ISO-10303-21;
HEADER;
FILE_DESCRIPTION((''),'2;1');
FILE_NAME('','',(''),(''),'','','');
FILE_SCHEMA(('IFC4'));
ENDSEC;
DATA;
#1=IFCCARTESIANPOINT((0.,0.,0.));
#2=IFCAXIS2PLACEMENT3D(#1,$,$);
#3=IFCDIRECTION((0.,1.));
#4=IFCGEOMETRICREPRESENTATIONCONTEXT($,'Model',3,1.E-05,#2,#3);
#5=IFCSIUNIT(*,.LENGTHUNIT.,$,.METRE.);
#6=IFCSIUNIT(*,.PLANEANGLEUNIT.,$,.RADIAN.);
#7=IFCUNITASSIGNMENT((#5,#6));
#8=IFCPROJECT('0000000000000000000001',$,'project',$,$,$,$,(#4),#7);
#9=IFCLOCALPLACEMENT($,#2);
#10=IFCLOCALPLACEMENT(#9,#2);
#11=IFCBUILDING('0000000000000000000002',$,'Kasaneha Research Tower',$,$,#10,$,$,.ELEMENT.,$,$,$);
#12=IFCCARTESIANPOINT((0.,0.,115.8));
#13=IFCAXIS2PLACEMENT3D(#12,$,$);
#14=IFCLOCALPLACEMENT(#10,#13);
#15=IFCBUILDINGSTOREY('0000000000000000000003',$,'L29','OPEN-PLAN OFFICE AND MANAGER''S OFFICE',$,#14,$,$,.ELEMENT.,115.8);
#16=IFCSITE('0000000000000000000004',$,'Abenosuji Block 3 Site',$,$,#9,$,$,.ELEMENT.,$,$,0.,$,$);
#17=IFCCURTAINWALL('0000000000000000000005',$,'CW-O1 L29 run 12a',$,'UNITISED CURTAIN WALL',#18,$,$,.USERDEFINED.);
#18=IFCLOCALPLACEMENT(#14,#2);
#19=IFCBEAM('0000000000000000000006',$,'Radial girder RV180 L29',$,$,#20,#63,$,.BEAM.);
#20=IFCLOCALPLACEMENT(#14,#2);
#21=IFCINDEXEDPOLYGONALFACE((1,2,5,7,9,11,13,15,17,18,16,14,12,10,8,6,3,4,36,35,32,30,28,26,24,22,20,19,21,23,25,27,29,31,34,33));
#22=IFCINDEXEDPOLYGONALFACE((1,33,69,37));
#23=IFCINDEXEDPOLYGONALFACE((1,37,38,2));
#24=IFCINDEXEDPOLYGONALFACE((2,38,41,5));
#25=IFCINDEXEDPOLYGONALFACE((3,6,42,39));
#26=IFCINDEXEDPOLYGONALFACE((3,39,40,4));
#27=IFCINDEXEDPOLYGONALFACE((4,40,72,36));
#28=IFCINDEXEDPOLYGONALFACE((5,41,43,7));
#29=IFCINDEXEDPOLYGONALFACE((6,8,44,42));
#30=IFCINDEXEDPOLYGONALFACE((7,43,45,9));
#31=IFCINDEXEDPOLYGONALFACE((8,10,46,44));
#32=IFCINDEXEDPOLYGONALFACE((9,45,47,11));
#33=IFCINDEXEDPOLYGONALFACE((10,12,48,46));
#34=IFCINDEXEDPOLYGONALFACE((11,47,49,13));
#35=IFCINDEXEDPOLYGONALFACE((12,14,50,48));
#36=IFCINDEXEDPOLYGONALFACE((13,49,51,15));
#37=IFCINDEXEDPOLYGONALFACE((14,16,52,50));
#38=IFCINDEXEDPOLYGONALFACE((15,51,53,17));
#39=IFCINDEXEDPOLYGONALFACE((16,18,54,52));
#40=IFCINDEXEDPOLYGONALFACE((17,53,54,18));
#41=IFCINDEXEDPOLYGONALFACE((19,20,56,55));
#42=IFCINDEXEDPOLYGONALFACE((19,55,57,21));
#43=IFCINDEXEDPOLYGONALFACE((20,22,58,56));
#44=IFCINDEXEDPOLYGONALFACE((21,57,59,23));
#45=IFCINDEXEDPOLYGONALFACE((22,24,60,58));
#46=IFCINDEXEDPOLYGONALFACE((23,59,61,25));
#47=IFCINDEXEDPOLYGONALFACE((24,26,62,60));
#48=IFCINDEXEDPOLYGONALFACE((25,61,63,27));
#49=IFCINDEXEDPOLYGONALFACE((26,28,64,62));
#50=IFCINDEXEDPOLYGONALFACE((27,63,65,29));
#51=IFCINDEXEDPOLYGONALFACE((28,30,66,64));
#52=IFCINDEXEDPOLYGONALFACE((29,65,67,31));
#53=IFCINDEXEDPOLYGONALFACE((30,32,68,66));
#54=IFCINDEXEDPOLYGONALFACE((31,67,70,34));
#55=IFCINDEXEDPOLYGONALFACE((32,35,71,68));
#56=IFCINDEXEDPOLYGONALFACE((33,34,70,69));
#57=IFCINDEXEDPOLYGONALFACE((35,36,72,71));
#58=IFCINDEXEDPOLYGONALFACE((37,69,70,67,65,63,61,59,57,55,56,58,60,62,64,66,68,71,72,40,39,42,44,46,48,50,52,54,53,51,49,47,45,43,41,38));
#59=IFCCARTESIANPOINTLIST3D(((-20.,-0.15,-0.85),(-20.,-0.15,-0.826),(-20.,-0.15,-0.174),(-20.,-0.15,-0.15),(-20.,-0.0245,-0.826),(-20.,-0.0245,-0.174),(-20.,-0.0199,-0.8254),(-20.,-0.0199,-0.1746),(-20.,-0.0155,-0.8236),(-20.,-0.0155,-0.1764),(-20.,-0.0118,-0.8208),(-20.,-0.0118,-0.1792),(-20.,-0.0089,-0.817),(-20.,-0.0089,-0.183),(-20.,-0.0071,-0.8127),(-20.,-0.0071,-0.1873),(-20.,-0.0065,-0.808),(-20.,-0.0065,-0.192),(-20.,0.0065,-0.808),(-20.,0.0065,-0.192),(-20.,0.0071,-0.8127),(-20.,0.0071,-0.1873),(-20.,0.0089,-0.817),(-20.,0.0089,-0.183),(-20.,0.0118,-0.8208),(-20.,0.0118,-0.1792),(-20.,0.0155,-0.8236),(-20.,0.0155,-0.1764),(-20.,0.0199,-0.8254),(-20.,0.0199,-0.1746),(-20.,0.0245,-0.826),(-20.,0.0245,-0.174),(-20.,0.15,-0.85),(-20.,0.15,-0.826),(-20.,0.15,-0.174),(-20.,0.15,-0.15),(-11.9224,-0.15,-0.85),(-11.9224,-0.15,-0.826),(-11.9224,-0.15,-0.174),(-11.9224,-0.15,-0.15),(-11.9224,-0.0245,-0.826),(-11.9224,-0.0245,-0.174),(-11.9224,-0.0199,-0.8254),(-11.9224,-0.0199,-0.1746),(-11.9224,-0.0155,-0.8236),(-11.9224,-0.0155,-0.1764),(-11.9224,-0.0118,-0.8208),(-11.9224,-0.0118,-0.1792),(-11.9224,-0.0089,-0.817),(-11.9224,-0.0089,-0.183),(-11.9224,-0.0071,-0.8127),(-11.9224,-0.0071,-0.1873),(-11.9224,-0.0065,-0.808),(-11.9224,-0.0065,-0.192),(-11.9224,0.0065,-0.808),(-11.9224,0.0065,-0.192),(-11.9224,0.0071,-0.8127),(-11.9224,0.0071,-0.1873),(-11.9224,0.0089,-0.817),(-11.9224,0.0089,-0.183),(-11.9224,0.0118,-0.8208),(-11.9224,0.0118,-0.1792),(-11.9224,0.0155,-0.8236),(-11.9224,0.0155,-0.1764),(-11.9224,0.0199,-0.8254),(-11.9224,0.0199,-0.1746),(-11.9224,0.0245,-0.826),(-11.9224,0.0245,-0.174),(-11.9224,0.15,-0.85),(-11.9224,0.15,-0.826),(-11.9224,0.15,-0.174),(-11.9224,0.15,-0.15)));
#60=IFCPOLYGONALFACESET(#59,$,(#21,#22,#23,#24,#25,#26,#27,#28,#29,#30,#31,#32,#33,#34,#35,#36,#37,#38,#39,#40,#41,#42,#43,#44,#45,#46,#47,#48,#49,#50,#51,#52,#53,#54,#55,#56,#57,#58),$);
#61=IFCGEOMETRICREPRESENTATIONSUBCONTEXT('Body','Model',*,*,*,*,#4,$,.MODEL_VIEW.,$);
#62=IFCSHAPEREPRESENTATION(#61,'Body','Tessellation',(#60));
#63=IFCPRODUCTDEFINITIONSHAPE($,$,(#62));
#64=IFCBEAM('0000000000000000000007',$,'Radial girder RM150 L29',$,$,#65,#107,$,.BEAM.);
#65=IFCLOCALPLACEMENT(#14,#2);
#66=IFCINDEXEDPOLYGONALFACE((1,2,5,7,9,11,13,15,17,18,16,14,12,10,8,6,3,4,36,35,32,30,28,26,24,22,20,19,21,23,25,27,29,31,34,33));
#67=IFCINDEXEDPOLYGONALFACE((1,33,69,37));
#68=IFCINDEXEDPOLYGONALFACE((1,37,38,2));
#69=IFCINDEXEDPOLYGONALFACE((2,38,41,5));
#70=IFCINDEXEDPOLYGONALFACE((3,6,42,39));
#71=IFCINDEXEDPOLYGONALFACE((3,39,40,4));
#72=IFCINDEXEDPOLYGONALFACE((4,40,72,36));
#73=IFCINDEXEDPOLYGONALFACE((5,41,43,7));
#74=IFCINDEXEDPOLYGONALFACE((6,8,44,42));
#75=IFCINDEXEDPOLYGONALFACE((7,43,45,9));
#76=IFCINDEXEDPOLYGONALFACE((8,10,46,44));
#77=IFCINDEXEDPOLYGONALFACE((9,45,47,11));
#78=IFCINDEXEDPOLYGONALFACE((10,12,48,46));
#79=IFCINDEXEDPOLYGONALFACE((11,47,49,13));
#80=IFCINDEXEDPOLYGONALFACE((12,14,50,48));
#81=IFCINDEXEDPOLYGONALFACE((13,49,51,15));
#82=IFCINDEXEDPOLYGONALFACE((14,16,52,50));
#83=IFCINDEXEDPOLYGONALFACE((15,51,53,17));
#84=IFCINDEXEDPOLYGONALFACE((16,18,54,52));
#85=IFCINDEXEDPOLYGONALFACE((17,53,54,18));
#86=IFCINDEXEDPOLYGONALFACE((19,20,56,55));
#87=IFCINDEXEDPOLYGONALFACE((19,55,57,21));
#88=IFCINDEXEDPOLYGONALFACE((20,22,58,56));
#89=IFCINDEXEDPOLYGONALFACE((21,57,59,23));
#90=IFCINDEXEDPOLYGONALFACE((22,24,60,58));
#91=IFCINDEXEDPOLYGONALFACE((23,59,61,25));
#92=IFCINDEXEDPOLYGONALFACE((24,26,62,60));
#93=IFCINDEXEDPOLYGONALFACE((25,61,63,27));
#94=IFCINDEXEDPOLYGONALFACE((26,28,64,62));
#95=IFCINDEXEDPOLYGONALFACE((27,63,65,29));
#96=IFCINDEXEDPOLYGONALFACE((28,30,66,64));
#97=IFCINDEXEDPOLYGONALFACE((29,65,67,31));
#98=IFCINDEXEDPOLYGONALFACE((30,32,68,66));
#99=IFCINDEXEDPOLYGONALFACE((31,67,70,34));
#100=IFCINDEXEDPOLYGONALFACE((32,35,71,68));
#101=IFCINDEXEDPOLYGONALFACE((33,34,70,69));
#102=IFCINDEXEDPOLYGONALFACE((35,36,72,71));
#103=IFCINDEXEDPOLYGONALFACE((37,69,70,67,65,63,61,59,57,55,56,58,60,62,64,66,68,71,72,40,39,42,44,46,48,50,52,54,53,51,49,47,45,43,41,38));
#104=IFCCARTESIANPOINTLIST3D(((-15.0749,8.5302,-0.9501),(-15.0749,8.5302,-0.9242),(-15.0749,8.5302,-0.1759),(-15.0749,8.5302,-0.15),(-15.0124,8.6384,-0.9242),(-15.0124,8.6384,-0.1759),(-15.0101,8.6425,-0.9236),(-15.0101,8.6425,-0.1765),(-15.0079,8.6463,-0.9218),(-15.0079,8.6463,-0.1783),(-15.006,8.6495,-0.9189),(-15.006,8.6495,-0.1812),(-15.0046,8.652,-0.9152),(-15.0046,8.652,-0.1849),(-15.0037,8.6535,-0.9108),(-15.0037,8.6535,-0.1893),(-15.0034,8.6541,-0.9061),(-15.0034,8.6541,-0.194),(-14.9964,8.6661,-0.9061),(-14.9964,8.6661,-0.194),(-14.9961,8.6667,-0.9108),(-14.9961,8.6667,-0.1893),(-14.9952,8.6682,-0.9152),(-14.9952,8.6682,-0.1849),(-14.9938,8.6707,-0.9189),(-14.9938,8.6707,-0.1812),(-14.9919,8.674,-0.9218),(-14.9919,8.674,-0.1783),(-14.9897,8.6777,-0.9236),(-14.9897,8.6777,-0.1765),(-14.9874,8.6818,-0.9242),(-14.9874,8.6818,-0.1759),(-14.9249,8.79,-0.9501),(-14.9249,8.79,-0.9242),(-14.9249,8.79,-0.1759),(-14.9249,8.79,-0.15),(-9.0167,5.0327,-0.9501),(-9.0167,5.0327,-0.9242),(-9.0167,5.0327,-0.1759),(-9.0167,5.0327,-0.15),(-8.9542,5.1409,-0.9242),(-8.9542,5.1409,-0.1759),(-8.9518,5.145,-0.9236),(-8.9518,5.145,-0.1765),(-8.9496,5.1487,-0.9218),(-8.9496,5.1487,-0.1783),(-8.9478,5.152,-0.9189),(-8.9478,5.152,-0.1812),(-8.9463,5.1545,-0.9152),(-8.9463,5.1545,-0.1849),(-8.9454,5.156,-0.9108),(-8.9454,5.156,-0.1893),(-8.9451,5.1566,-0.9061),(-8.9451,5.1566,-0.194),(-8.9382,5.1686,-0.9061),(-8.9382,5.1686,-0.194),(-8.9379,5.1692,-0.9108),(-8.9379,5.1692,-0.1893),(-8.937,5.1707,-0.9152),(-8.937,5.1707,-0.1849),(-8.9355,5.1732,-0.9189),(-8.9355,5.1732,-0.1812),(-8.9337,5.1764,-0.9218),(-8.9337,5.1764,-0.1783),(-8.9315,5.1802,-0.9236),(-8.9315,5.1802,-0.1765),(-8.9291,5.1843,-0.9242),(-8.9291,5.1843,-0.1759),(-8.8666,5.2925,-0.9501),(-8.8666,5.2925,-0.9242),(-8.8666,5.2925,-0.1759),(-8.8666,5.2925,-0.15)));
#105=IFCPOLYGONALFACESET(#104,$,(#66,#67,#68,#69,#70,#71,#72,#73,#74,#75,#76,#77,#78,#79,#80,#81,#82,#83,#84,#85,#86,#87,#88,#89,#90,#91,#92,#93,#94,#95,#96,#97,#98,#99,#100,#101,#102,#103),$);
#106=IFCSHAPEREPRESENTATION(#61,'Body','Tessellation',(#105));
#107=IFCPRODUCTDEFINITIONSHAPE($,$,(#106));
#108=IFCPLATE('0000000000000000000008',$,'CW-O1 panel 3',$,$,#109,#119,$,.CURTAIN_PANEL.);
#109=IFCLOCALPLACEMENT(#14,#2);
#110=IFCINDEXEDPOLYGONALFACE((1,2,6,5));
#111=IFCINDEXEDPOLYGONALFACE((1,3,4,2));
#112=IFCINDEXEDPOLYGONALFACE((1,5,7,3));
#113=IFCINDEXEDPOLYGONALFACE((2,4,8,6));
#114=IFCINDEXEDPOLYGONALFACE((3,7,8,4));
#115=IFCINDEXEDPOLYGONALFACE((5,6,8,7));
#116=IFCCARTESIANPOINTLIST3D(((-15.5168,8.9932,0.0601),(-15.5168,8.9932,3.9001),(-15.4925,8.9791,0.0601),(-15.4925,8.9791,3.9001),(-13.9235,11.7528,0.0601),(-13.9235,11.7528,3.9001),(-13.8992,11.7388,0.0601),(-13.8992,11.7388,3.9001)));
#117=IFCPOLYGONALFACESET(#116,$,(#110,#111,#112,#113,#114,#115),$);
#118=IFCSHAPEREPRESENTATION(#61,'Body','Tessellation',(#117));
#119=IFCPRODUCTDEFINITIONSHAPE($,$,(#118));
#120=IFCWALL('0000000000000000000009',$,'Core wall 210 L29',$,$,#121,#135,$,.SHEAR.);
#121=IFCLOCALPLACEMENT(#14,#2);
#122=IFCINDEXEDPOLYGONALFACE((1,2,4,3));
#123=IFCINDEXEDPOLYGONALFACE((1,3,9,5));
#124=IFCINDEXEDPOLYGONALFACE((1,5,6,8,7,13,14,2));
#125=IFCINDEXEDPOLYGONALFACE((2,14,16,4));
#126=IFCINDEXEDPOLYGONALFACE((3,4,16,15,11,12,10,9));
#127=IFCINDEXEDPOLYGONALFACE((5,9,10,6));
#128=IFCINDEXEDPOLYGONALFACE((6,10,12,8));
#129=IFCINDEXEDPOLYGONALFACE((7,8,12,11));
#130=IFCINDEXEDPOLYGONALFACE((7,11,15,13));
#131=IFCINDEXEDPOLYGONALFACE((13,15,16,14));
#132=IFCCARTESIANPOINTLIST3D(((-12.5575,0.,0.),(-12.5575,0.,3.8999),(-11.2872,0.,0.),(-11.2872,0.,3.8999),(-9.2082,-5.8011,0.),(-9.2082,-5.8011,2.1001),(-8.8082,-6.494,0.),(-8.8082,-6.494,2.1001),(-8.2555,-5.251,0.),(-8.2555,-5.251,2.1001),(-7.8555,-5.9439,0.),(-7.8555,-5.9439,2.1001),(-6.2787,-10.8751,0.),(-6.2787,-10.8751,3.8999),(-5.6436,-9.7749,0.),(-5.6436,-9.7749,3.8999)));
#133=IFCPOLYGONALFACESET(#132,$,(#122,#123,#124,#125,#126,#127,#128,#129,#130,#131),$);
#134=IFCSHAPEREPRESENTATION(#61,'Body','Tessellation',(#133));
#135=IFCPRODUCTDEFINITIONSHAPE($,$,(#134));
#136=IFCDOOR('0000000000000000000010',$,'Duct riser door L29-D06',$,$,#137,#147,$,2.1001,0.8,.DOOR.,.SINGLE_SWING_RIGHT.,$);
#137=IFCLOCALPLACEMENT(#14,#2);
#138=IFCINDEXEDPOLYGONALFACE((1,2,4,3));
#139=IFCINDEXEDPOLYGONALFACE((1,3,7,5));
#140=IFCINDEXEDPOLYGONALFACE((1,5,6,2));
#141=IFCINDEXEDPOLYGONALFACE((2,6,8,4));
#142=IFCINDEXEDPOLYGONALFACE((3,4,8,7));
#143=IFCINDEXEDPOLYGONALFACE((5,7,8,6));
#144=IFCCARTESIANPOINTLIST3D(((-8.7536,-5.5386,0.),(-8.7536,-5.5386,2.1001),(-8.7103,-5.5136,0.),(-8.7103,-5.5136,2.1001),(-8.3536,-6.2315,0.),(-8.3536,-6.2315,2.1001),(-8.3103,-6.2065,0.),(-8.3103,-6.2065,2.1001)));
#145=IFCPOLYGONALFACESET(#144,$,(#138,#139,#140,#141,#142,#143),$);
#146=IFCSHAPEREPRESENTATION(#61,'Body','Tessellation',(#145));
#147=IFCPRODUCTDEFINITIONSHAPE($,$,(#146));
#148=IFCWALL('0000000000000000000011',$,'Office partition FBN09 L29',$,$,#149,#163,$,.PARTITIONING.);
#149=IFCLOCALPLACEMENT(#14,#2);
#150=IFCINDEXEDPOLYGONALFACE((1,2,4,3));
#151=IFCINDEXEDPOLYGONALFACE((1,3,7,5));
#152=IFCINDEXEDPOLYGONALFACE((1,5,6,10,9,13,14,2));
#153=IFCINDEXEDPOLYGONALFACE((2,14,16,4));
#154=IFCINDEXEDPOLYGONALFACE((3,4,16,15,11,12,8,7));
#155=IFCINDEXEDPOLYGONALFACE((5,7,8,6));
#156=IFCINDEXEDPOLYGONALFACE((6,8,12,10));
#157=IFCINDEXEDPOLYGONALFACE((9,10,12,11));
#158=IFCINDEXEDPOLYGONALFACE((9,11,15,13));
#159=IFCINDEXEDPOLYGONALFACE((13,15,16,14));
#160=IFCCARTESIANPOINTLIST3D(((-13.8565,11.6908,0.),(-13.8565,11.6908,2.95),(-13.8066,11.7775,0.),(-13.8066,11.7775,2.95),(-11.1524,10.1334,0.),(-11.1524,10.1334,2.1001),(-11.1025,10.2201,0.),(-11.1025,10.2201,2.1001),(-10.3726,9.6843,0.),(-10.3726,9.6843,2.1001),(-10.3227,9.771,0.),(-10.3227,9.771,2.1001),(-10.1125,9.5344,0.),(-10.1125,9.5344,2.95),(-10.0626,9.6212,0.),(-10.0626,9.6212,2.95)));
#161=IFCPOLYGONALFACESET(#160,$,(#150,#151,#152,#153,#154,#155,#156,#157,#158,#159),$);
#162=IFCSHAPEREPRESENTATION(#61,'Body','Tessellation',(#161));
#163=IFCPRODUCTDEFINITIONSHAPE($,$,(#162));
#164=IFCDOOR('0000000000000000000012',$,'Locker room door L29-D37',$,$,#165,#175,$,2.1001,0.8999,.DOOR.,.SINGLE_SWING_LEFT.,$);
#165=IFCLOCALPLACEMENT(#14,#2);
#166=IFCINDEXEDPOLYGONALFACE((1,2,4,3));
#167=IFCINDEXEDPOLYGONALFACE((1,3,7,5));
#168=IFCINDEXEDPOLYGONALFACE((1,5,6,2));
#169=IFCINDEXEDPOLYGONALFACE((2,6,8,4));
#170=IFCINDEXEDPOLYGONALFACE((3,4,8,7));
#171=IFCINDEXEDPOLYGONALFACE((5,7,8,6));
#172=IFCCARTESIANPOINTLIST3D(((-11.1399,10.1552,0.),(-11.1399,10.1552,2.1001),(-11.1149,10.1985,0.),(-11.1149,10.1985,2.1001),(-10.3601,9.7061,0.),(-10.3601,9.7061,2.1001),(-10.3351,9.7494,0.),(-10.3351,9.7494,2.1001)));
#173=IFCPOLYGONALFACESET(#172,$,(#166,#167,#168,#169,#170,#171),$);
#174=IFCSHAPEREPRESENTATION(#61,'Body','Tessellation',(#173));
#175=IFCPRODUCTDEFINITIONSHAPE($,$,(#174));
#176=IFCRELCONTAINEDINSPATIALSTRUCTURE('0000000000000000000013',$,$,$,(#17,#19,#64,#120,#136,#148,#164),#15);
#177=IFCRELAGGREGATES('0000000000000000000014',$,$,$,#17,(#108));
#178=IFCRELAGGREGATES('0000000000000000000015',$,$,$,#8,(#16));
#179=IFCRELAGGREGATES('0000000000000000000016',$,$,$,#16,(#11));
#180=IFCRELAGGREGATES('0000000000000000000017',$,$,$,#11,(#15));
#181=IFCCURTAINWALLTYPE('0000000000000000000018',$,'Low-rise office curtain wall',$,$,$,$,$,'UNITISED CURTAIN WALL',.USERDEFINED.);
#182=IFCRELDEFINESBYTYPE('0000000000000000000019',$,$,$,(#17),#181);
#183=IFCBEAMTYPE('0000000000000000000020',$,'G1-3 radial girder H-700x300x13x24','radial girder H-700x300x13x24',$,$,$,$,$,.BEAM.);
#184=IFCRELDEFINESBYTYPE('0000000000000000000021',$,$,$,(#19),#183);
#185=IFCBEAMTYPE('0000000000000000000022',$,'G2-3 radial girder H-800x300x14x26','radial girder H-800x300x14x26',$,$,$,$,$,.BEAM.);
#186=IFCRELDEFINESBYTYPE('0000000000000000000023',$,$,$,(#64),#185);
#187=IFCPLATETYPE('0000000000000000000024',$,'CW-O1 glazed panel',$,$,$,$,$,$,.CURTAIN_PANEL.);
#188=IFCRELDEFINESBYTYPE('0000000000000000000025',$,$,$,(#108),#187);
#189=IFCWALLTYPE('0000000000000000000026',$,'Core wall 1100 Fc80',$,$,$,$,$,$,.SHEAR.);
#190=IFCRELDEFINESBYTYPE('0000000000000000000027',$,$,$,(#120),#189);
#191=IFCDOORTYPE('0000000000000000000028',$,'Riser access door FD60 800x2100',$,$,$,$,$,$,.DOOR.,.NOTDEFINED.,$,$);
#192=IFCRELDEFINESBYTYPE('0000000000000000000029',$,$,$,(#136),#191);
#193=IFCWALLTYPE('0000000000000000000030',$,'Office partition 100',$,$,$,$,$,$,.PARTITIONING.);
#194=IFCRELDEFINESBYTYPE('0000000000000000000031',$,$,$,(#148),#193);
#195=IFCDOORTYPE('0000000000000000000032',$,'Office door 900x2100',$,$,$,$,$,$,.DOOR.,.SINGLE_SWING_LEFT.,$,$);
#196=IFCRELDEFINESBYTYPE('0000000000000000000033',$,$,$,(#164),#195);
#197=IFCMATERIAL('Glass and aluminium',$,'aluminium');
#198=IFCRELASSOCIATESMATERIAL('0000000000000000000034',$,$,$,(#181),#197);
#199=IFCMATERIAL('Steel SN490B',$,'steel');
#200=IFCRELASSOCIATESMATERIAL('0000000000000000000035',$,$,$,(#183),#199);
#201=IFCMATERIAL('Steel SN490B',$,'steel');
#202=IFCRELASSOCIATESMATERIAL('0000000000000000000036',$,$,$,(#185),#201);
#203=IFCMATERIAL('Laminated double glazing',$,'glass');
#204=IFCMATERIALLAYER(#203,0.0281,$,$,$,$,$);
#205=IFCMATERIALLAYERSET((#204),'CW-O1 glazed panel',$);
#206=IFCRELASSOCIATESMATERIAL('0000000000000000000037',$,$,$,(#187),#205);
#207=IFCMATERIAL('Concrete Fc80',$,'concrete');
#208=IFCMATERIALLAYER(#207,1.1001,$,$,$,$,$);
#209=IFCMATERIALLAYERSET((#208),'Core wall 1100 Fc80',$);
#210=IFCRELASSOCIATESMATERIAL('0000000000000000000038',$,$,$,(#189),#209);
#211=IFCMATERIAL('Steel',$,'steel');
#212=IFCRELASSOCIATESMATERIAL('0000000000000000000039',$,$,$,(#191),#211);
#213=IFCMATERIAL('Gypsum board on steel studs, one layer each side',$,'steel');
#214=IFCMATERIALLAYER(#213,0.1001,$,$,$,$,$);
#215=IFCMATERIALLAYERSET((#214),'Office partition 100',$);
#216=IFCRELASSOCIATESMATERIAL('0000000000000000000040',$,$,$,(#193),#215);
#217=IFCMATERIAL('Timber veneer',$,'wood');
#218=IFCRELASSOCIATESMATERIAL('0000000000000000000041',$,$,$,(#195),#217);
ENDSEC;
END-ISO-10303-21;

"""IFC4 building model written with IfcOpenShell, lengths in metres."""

from ifc_helpers import new_model, si_unit, direction, frame, frame_2d, origin, origin_2d, place, context, subcontext, project, spatial, polyline, rectangle, i_section, outline, extrude, material, layer, layer_set, material_profile, profile_set, type_object, element, fill, aggregate, save


model = new_model("IFC4")

# Units and contexts
model_context = context("Model", 3, precision=1e-05, world=origin(), true_north=direction((0.0, 1.0)))
body_context = subcontext(model_context, "Body", "Model", "MODEL_VIEW")
ifc_project = project(units=[si_unit("LENGTHUNIT", "METRE"), si_unit("PLANEANGLEUNIT", "RADIAN")], contexts=[model_context])

# Site, building, storey
site_placement = place(None, origin())
site = spatial("IfcSite", under=ifc_project, at=site_placement, Name="Abenosuji Block 3 Site", CompositionType="ELEMENT", RefElevation=0.0)
building_placement = place(site_placement, origin())
building = spatial("IfcBuilding", under=site, at=building_placement, Name="Kasaneha Research Tower", CompositionType="ELEMENT")
storey_placement = place(building_placement, frame((0.0, 0.0, 115.8)))
storey = spatial("IfcBuildingStorey", under=building, at=storey_placement, Name="L29", Description="OPEN-PLAN OFFICE AND MANAGER'S OFFICE", CompositionType="ELEMENT", Elevation=115.8)

# Curtain wall
ifc_material_1 = material(Name="Glass and aluminium", Category="aluminium")
curtain_wall_type = type_object("IfcCurtainWallType", Name="Low-rise office curtain wall", ElementType="UNITISED CURTAIN WALL", PredefinedType="USERDEFINED", material=ifc_material_1)
curtain_wall_placement = place(storey_placement, origin())
curtain_wall = element("IfcCurtainWall", 1, at=curtain_wall_placement, inside=storey, type_object=curtain_wall_type, Name="CW-O1 L29 run 12a", ObjectType="UNITISED CURTAIN WALL", PredefinedType="USERDEFINED")

# Beams
ifc_material_2 = material(Name="Steel SN490B", Category="steel")
ifc_material_profile_1 = material_profile(ifc_material_2, i_section(OverallWidth=0.3, OverallDepth=0.7, WebThickness=0.0129, FlangeThickness=0.0239, FilletRadius=0.0181, at=origin_2d()), Name="H-700x300x13x24")
ifc_profile_set_1 = profile_set([ifc_material_profile_1], Name="Steel SN490B")
beam_type_1 = type_object("IfcBeamType", Name="G1-3 radial girder H-700x300x13x24", Description="radial girder H-700x300x13x24", PredefinedType="BEAM", material=ifc_profile_set_1)
beam_1_placement = place(storey_placement, frame((-11.9224, 0.0, -0.5), z_axis=(-1.0, 0.0, 0.0), x_axis=(0.0, -1.0, 0.0)))
element("IfcBeam", 2, at=beam_1_placement, inside=storey, type_object=beam_type_1, Name="Radial girder RV180 L29", PredefinedType="BEAM", context=body_context, shape_type="SweptSolid", body=[
    extrude(i_section(OverallWidth=0.3, OverallDepth=0.7, WebThickness=0.0129, FlangeThickness=0.0239, FilletRadius=0.0181, at=origin_2d()), origin(), (0.0, 0.0, 1.0), 8.0776),
])
ifc_material_3 = material(Name="Steel SN490B", Category="steel")
ifc_material_profile_2 = material_profile(ifc_material_3, i_section(OverallWidth=0.3, OverallDepth=0.8, WebThickness=0.0139, FlangeThickness=0.0259, FilletRadius=0.0181, at=origin_2d()), Name="H-800x300x14x26")
ifc_profile_set_2 = profile_set([ifc_material_profile_2], Name="Steel SN490B")
beam_type_2 = type_object("IfcBeamType", Name="G2-3 radial girder H-800x300x14x26", Description="radial girder H-800x300x14x26", PredefinedType="BEAM", material=ifc_profile_set_2)
beam_2_placement = place(storey_placement, frame((-8.9417, 5.1626, -0.55), z_axis=(-0.86604, 0.499975, 0.0), x_axis=(-0.499975, -0.86604, 0.0)))
element("IfcBeam", 3, at=beam_2_placement, inside=storey, type_object=beam_type_2, Name="Radial girder RM150 L29", PredefinedType="BEAM", context=body_context, shape_type="SweptSolid", body=[
    extrude(i_section(OverallWidth=0.3, OverallDepth=0.8, WebThickness=0.0139, FlangeThickness=0.0259, FilletRadius=0.0181, at=origin_2d()), origin(), (0.0, 0.0, 1.0), 6.9954),
])

# Plate
ifc_material_4 = material(Name="Laminated double glazing", Category="glass")
ifc_layer_1 = layer(ifc_material_4, 0.0281)
ifc_layer_set_1 = layer_set([ifc_layer_1], Name="CW-O1 glazed panel")
plate_type = type_object("IfcPlateType", Name="CW-O1 glazed panel", PredefinedType="CURTAIN_PANEL", material=ifc_layer_set_1)
plate_placement = place(storey_placement, frame((-14.708, 10.366, 0.0601), z_axis=(0.0, 0.0, 1.0), x_axis=(-0.5, -0.866025, 0.0)))
plate = element("IfcPlate", 4, at=plate_placement, type_object=plate_type, Name="CW-O1 panel 3", PredefinedType="CURTAIN_PANEL", context=body_context, shape_type="SweptSolid", body=[
    extrude(rectangle(XDim=3.1865, YDim=0.0281, at=origin_2d()), origin(), (0.0, 0.0, 1.0), 3.8401),
])
aggregate(curtain_wall, [plate])

# Walls, openings, doors
ifc_material_5 = material(Name="Concrete Fc80", Category="concrete")
ifc_layer_2 = layer(ifc_material_5, 1.1001)
ifc_layer_set_2 = layer_set([ifc_layer_2], Name="Core wall 1100 Fc80")
wall_type_1 = type_object("IfcWallType", Name="Core wall 1100 Fc80", PredefinedType="SHEAR", material=ifc_layer_set_2)
wall_1_placement = place(storey_placement, frame((-11.9224, 0.0, 0.0), z_axis=(0.0, 0.0, 1.0), x_axis=(0.500004, -0.866023, 0.0)))
wall_1 = element("IfcWall", 5, at=wall_1_placement, inside=storey, type_object=wall_type_1, Name="Core wall 210 L29", PredefinedType="SHEAR", context=body_context, shape_type="SweptSolid", body=[
    extrude(outline(polyline([(-0.3176, -0.55), (6.3811, -0.55), (7.1812, -0.55), (12.24, -0.55), (11.6047, 0.55), (7.1812, 0.55), (6.3811, 0.55), (0.3176, 0.55), (-0.3176, -0.55)])), origin(), (0.0, 0.0, 1.0), 3.8999),
])
opening_1_placement = place(wall_1_placement, frame((6.3811, 0.0, 0.0)))
opening_1 = element("IfcOpeningElement", 6, at=opening_1_placement, cuts=wall_1, PredefinedType="OPENING", context=body_context, shape_type="SweptSolid", body=[
    extrude(rectangle(XDim=0.8, YDim=2.1001, at=frame_2d((0.3999, 1.05))), frame((0.0, 0.5601, 0.0), z_axis=(0.0, -1.0, 0.0), x_axis=(1.0, 0.0, 0.0)), (0.0, 0.0, 1.0), 1.1201),
])
ifc_material_6 = material(Name="Steel", Category="steel")
door_type_1 = type_object("IfcDoorType", Name="Riser access door FD60 800x2100", OperationType="NOTDEFINED", PredefinedType="DOOR", material=ifc_material_6)
door_1_placement = place(opening_1_placement, origin())
door_1 = element("IfcDoor", 7, at=door_1_placement, inside=storey, type_object=door_type_1, Name="Duct riser door L29-D06", OperationType="SINGLE_SWING_RIGHT", OverallHeight=2.1001, OverallWidth=0.8, PredefinedType="DOOR", context=body_context, shape_type="SweptSolid", body=[
    extrude(rectangle(XDim=0.8, YDim=2.1001, at=frame_2d((0.3999, 1.05))), frame((0.0, 0.0249, 0.0), z_axis=(0.0, -1.0, 0.0), x_axis=(1.0, 0.0, 0.0)), (0.0, 0.0, 1.0), 0.05),
])
fill(opening_1, door_1)
ifc_material_7 = material(Name="Gypsum board on steel studs, one layer each side", Category="steel")
ifc_layer_3 = layer(ifc_material_7, 0.1001)
ifc_layer_set_3 = layer_set([ifc_layer_3], Name="Office partition 100")
wall_type_2 = type_object("IfcWallType", Name="Office partition 100", PredefinedType="PARTITIONING", material=ifc_layer_set_3)
wall_2_placement = place(storey_placement, frame((-10.0876, 9.5779, 0.0), z_axis=(0.0, 0.0, 1.0), x_axis=(-0.866555, 0.499081, 0.0)))
wall_2 = element("IfcWall", 8, at=wall_2_placement, inside=storey, type_object=wall_type_2, Name="Office partition FBN09 L29", PredefinedType="PARTITIONING", context=body_context, shape_type="SweptSolid", body=[
    extrude(rectangle(XDim=4.3206, YDim=0.1001, at=frame_2d((2.1602, 0.0))), origin(), (0.0, 0.0, 1.0), 2.95),
])
opening_2_placement = place(wall_2_placement, frame((0.3, 0.0, 0.0)))
opening_2 = element("IfcOpeningElement", 9, at=opening_2_placement, cuts=wall_2, PredefinedType="OPENING", context=body_context, shape_type="SweptSolid", body=[
    extrude(rectangle(XDim=0.8999, YDim=2.1001, at=frame_2d((0.45, 1.05))), frame((0.0, 0.0601, 0.0), z_axis=(0.0, -1.0, 0.0), x_axis=(1.0, 0.0, 0.0)), (0.0, 0.0, 1.0), 0.1201),
])
ifc_material_8 = material(Name="Timber veneer", Category="wood")
door_type_2 = type_object("IfcDoorType", Name="Office door 900x2100", OperationType="SINGLE_SWING_LEFT", PredefinedType="DOOR", material=ifc_material_8)
door_2_placement = place(opening_2_placement, origin())
door_2 = element("IfcDoor", 10, at=door_2_placement, inside=storey, type_object=door_type_2, Name="Locker room door L29-D37", OperationType="SINGLE_SWING_LEFT", OverallHeight=2.1001, OverallWidth=0.8999, PredefinedType="DOOR", context=body_context, shape_type="SweptSolid", body=[
    extrude(rectangle(XDim=0.8999, YDim=2.1001, at=frame_2d((0.45, 1.05))), frame((0.0, 0.0249, 0.0), z_axis=(0.0, -1.0, 0.0), x_axis=(1.0, 0.0, 0.0)), (0.0, 0.0, 1.0), 0.05),
])
fill(opening_2, door_2)

save(model, "model.ifc")
